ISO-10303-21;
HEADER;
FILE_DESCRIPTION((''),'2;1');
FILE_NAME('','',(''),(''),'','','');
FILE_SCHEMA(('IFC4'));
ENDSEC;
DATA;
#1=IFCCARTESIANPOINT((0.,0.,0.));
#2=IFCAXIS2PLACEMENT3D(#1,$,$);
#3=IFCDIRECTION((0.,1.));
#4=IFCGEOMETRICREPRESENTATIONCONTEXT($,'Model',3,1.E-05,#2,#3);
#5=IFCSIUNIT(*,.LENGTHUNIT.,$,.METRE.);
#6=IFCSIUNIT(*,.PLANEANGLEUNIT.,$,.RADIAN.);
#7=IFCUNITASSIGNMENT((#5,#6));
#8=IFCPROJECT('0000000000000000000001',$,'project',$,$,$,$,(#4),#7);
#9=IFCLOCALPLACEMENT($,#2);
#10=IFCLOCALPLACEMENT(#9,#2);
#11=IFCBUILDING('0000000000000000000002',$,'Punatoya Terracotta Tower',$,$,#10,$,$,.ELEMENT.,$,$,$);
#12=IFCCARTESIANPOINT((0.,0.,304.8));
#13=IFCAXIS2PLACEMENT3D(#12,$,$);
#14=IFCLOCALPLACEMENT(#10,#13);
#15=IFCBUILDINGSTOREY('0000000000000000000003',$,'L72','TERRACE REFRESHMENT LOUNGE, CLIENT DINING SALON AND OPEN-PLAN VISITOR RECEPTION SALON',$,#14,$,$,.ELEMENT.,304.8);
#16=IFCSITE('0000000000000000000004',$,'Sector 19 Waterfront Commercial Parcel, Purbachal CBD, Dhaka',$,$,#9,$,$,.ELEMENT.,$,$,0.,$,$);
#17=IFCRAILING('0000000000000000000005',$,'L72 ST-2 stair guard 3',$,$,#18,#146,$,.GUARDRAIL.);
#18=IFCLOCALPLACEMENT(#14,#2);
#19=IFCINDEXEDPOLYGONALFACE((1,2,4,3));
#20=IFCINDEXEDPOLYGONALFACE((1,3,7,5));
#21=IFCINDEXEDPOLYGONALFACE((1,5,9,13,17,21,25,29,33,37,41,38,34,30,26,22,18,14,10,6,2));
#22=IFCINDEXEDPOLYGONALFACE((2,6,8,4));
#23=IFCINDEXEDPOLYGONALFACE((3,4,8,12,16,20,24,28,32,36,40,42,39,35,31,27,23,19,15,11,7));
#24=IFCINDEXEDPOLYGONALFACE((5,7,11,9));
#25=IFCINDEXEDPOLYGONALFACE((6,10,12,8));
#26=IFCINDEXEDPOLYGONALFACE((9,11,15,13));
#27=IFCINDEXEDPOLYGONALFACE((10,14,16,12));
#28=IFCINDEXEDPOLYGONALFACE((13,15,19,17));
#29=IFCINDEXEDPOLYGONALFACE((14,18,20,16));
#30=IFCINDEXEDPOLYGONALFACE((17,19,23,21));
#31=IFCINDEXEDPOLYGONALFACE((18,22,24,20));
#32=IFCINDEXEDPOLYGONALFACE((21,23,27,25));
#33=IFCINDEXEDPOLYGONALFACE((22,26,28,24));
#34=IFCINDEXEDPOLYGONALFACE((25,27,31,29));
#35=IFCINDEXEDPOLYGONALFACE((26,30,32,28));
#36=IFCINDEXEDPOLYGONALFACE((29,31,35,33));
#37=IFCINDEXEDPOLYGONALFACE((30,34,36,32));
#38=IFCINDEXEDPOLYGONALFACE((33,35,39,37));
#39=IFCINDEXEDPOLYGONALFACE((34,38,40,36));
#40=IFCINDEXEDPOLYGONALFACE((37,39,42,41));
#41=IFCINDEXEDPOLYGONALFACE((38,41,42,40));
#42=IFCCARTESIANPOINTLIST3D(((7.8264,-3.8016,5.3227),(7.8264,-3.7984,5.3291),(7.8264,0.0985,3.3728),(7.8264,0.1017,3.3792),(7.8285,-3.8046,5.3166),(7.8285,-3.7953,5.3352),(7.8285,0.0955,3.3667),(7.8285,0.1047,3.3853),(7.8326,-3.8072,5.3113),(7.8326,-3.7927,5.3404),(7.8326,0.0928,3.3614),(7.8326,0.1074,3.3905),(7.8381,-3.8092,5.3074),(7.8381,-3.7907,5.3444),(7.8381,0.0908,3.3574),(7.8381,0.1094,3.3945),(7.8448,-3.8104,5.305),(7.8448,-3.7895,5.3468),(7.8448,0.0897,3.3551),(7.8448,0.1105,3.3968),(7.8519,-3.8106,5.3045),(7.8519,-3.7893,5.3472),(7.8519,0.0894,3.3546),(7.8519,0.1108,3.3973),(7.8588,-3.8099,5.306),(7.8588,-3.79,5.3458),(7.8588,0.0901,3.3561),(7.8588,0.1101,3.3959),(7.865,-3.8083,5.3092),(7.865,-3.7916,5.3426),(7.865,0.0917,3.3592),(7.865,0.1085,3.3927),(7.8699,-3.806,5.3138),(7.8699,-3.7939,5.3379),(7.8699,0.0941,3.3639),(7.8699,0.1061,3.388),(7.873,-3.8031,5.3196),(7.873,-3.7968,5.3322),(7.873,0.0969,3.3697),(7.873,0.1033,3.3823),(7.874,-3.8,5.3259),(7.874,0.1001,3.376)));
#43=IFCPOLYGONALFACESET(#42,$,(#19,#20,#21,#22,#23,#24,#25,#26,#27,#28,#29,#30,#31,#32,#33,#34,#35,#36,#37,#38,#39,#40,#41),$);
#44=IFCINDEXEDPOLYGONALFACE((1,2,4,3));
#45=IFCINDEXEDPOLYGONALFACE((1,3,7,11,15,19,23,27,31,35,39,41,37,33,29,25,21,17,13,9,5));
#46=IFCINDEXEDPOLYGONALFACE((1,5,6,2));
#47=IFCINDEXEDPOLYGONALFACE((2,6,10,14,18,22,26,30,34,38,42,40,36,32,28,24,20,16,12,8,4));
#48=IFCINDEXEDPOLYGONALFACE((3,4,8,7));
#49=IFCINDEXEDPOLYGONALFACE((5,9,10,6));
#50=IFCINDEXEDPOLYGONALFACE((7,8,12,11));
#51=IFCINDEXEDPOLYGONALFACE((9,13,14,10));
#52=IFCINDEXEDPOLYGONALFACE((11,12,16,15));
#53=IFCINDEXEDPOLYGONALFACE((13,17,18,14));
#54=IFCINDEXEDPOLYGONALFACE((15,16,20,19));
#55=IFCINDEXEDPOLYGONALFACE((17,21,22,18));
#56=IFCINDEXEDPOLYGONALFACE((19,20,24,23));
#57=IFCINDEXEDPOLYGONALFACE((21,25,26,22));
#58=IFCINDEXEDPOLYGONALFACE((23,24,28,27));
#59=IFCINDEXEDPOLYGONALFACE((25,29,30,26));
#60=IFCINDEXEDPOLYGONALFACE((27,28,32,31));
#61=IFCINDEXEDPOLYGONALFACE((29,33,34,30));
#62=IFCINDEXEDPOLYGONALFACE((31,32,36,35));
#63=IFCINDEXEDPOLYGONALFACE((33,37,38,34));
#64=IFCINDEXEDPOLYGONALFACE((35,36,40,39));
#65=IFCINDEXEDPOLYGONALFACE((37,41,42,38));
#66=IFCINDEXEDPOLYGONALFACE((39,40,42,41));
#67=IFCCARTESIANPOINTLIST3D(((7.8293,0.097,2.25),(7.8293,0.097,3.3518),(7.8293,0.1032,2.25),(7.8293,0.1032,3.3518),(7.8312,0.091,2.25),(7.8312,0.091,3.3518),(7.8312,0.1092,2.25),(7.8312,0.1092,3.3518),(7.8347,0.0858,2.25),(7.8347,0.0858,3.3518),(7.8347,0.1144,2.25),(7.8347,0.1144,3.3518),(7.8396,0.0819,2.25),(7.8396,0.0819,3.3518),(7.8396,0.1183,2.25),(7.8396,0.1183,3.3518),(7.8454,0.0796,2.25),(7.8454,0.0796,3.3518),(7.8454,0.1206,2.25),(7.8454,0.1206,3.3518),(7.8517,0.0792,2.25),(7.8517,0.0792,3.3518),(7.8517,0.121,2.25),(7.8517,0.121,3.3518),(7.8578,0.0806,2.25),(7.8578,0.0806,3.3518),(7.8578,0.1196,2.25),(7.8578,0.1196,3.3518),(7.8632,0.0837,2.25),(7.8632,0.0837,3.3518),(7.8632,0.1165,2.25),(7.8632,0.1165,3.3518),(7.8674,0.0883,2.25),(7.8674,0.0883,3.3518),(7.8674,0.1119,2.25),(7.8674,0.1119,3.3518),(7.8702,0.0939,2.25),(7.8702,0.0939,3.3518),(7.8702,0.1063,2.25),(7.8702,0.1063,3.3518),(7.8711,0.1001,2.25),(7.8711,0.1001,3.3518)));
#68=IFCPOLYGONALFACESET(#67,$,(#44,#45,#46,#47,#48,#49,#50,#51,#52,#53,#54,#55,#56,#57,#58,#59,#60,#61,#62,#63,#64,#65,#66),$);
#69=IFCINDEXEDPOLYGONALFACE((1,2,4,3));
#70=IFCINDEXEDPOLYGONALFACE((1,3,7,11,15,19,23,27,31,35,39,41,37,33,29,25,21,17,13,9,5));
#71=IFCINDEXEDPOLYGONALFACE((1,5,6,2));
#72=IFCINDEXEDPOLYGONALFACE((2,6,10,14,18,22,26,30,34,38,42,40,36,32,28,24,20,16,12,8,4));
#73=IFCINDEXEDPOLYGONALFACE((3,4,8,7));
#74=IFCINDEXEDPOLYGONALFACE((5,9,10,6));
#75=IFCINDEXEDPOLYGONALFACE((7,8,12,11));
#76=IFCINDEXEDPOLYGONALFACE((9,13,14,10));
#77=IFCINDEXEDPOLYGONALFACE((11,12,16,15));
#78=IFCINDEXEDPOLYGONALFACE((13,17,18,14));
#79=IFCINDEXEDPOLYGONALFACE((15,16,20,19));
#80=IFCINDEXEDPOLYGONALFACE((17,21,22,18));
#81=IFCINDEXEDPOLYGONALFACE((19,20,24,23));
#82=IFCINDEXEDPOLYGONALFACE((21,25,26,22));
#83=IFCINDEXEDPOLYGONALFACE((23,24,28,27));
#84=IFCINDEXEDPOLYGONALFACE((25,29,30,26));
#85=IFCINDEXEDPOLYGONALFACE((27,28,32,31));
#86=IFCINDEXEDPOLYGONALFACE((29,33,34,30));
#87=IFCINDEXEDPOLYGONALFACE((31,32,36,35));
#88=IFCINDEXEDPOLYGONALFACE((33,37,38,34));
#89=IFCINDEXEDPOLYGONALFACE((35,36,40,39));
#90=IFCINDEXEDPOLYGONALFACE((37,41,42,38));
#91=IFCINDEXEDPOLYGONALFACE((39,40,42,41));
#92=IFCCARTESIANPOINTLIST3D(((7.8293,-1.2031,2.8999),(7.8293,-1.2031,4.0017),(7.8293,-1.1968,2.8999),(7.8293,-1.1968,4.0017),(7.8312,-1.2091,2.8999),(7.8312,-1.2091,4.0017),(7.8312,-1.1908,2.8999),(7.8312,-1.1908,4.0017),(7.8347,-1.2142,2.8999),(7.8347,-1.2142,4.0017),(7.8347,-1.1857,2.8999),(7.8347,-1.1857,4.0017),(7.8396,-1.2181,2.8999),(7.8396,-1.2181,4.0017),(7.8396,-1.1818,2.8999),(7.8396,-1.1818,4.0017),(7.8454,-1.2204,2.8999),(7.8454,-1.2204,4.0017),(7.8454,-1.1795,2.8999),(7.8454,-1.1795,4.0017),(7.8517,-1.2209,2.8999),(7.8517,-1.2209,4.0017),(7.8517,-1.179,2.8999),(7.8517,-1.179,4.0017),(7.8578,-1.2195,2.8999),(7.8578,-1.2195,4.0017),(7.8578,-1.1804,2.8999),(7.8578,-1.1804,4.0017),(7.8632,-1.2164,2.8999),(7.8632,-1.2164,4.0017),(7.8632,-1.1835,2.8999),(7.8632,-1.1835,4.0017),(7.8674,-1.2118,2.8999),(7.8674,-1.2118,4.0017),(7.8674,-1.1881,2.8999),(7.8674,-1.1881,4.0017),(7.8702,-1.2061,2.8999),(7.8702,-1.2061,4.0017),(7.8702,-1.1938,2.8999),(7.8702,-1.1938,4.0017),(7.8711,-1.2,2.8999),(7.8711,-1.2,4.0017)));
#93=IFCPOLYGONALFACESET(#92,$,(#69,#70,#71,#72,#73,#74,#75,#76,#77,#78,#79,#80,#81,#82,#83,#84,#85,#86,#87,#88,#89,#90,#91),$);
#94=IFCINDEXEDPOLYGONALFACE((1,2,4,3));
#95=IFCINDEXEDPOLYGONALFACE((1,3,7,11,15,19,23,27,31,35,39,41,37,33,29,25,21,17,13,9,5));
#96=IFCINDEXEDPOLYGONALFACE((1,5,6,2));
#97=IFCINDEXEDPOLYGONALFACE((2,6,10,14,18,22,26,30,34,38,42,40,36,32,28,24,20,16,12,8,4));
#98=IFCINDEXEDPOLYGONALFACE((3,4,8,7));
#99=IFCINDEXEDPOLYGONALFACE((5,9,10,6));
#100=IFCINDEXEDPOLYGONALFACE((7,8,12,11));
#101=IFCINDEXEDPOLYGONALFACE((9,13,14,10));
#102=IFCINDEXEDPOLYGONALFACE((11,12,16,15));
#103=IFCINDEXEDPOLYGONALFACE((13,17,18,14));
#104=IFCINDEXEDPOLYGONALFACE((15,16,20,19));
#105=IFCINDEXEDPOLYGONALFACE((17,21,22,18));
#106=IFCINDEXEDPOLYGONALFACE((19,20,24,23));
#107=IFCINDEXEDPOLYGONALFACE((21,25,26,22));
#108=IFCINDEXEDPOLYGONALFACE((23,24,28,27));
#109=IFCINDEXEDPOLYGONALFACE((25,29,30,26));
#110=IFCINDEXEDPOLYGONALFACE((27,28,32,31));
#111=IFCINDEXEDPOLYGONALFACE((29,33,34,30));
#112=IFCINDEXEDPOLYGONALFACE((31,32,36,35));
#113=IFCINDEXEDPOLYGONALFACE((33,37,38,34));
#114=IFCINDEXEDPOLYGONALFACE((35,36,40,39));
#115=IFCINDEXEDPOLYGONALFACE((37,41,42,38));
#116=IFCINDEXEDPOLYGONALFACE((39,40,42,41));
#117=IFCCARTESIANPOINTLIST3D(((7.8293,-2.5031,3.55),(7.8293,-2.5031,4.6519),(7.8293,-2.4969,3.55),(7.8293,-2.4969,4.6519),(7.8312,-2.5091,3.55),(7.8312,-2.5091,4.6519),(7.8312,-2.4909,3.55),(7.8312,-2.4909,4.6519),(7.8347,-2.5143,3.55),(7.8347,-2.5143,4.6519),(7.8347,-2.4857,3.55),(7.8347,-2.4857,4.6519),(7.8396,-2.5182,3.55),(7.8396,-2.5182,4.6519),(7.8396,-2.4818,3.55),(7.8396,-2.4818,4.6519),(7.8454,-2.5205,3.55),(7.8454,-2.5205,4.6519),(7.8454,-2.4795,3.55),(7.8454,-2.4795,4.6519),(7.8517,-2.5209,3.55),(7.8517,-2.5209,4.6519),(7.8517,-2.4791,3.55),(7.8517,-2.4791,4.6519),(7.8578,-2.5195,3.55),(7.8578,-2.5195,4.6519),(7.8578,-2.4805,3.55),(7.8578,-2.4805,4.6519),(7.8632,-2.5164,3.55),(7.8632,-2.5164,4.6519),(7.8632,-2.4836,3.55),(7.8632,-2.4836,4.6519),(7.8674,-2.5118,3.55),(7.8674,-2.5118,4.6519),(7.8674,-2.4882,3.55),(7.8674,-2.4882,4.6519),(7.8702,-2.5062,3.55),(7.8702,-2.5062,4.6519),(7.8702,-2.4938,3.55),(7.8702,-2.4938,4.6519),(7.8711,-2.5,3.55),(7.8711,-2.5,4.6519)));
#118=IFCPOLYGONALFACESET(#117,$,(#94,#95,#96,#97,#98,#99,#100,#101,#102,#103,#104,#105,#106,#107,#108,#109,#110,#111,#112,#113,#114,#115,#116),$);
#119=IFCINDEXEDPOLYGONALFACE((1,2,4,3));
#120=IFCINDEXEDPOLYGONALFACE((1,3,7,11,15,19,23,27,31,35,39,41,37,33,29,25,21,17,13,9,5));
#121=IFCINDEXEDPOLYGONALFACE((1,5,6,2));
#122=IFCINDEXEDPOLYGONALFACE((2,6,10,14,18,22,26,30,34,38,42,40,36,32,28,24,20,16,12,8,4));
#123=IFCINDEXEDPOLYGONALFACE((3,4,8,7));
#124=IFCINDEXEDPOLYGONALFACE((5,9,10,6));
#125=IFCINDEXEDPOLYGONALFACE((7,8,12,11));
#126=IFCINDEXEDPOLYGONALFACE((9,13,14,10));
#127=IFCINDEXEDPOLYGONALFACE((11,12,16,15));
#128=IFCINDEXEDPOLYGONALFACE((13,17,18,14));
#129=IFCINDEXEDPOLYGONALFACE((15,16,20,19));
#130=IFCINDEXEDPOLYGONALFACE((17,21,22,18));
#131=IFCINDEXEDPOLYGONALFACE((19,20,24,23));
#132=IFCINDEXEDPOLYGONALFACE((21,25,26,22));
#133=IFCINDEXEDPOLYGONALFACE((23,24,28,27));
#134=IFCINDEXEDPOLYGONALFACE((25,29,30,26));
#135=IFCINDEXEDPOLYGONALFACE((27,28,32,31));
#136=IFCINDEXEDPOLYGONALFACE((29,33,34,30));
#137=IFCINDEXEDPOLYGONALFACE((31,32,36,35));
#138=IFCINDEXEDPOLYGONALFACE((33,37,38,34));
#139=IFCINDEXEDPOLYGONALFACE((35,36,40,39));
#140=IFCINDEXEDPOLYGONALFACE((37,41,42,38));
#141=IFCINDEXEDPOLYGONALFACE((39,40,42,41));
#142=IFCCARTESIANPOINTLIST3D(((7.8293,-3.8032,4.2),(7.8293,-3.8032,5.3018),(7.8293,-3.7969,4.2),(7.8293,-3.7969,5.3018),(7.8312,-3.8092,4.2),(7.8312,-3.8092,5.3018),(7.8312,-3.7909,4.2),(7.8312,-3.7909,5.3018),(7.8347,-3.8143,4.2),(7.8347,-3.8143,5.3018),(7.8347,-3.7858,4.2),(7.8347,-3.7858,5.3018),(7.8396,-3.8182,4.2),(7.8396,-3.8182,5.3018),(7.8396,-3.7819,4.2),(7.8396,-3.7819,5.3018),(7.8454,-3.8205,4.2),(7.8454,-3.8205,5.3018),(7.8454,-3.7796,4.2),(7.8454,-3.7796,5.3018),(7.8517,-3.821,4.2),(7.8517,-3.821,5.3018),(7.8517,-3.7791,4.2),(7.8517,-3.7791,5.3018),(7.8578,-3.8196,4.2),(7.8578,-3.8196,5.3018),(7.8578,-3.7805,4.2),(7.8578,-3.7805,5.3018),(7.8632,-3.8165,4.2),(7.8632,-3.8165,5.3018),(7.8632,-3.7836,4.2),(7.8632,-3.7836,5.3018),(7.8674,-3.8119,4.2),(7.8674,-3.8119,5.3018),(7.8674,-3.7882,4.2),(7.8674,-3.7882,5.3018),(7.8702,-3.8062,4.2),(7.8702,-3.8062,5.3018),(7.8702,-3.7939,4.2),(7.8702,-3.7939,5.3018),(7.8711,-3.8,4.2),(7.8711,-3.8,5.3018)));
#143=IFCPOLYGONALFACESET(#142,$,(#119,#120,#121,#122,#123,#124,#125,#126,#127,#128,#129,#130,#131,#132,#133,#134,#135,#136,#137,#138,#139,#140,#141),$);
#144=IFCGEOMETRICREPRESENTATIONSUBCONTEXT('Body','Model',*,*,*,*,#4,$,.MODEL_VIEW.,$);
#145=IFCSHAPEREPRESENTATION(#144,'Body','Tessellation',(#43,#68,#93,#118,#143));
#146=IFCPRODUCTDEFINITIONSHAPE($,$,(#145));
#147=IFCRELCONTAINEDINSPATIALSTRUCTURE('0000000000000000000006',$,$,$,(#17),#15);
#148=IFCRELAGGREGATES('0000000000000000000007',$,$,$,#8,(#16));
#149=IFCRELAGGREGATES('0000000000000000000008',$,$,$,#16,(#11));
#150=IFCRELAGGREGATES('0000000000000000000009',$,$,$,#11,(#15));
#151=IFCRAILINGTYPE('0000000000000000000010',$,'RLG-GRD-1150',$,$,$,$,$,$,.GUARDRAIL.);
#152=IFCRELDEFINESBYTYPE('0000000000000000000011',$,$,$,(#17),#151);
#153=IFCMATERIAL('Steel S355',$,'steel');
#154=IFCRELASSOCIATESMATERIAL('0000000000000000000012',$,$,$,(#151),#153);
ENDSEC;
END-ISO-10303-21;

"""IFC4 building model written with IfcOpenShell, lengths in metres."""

from ifc_helpers import new_model, si_unit, direction, frame, origin, origin_2d, place, context, subcontext, project, spatial, circle, extrude, material, type_object, element, save


model = new_model("IFC4")

# Units and contexts
model_context = context("Model", 3, precision=1e-05, world=origin(), true_north=direction((0.0, 1.0)))
body_context = subcontext(model_context, "Body", "Model", "MODEL_VIEW")
ifc_project = project(units=[si_unit("LENGTHUNIT", "METRE"), si_unit("PLANEANGLEUNIT", "RADIAN")], contexts=[model_context])

# Site, building, storey
site_placement = place(None, origin())
site = spatial("IfcSite", under=ifc_project, at=site_placement, Name="Sector 19 Waterfront Commercial Parcel, Purbachal CBD, Dhaka", CompositionType="ELEMENT", RefElevation=0.0)
building_placement = place(site_placement, origin())
building = spatial("IfcBuilding", under=site, at=building_placement, Name="Punatoya Terracotta Tower", CompositionType="ELEMENT")
storey_placement = place(building_placement, frame((0.0, 0.0, 304.8)))
storey = spatial("IfcBuildingStorey", under=building, at=storey_placement, Name="L72", Description="TERRACE REFRESHMENT LOUNGE, CLIENT DINING SALON AND OPEN-PLAN VISITOR RECEPTION SALON", CompositionType="ELEMENT", Elevation=304.8)

# Shared definitions
ifc_material_1 = material(Name="Steel S355", Category="steel")

# Railing
railing_type_1 = type_object("IfcRailingType", Name="RLG-GRD-1150", PredefinedType="GUARDRAIL", material=ifc_material_1)
railing_1_placement = place(storey_placement, frame((7.8501, 0.1001, 2.25)))
element("IfcRailing", 1, at=railing_1_placement, inside=storey, type_object=railing_type_1, Name="L72 ST-2 stair guard 3", PredefinedType="GUARDRAIL", context=body_context, shape_type="SweptSolid", body=[
    extrude(circle(Radius=0.0239, at=origin_2d()), frame((0.0, 0.0, 1.126), z_axis=(0.0, -0.894438, 0.447191), x_axis=(1.0, 0.0, 0.0)), (0.0, 0.0, 1.0), 4.3604),
    extrude(circle(Radius=0.021, at=origin_2d()), origin(), (0.0, 0.0, 1.0), 1.1018),
    extrude(circle(Radius=0.021, at=origin_2d()), frame((0.0, -1.3, 0.6499)), (0.0, 0.0, 1.0), 1.1018),
    extrude(circle(Radius=0.021, at=origin_2d()), frame((0.0, -2.6001, 1.3)), (0.0, 0.0, 1.0), 1.1018),
    extrude(circle(Radius=0.021, at=origin_2d()), frame((0.0, -3.9001, 1.95)), (0.0, 0.0, 1.0), 1.1018),
])

save(model, "model.ifc")
